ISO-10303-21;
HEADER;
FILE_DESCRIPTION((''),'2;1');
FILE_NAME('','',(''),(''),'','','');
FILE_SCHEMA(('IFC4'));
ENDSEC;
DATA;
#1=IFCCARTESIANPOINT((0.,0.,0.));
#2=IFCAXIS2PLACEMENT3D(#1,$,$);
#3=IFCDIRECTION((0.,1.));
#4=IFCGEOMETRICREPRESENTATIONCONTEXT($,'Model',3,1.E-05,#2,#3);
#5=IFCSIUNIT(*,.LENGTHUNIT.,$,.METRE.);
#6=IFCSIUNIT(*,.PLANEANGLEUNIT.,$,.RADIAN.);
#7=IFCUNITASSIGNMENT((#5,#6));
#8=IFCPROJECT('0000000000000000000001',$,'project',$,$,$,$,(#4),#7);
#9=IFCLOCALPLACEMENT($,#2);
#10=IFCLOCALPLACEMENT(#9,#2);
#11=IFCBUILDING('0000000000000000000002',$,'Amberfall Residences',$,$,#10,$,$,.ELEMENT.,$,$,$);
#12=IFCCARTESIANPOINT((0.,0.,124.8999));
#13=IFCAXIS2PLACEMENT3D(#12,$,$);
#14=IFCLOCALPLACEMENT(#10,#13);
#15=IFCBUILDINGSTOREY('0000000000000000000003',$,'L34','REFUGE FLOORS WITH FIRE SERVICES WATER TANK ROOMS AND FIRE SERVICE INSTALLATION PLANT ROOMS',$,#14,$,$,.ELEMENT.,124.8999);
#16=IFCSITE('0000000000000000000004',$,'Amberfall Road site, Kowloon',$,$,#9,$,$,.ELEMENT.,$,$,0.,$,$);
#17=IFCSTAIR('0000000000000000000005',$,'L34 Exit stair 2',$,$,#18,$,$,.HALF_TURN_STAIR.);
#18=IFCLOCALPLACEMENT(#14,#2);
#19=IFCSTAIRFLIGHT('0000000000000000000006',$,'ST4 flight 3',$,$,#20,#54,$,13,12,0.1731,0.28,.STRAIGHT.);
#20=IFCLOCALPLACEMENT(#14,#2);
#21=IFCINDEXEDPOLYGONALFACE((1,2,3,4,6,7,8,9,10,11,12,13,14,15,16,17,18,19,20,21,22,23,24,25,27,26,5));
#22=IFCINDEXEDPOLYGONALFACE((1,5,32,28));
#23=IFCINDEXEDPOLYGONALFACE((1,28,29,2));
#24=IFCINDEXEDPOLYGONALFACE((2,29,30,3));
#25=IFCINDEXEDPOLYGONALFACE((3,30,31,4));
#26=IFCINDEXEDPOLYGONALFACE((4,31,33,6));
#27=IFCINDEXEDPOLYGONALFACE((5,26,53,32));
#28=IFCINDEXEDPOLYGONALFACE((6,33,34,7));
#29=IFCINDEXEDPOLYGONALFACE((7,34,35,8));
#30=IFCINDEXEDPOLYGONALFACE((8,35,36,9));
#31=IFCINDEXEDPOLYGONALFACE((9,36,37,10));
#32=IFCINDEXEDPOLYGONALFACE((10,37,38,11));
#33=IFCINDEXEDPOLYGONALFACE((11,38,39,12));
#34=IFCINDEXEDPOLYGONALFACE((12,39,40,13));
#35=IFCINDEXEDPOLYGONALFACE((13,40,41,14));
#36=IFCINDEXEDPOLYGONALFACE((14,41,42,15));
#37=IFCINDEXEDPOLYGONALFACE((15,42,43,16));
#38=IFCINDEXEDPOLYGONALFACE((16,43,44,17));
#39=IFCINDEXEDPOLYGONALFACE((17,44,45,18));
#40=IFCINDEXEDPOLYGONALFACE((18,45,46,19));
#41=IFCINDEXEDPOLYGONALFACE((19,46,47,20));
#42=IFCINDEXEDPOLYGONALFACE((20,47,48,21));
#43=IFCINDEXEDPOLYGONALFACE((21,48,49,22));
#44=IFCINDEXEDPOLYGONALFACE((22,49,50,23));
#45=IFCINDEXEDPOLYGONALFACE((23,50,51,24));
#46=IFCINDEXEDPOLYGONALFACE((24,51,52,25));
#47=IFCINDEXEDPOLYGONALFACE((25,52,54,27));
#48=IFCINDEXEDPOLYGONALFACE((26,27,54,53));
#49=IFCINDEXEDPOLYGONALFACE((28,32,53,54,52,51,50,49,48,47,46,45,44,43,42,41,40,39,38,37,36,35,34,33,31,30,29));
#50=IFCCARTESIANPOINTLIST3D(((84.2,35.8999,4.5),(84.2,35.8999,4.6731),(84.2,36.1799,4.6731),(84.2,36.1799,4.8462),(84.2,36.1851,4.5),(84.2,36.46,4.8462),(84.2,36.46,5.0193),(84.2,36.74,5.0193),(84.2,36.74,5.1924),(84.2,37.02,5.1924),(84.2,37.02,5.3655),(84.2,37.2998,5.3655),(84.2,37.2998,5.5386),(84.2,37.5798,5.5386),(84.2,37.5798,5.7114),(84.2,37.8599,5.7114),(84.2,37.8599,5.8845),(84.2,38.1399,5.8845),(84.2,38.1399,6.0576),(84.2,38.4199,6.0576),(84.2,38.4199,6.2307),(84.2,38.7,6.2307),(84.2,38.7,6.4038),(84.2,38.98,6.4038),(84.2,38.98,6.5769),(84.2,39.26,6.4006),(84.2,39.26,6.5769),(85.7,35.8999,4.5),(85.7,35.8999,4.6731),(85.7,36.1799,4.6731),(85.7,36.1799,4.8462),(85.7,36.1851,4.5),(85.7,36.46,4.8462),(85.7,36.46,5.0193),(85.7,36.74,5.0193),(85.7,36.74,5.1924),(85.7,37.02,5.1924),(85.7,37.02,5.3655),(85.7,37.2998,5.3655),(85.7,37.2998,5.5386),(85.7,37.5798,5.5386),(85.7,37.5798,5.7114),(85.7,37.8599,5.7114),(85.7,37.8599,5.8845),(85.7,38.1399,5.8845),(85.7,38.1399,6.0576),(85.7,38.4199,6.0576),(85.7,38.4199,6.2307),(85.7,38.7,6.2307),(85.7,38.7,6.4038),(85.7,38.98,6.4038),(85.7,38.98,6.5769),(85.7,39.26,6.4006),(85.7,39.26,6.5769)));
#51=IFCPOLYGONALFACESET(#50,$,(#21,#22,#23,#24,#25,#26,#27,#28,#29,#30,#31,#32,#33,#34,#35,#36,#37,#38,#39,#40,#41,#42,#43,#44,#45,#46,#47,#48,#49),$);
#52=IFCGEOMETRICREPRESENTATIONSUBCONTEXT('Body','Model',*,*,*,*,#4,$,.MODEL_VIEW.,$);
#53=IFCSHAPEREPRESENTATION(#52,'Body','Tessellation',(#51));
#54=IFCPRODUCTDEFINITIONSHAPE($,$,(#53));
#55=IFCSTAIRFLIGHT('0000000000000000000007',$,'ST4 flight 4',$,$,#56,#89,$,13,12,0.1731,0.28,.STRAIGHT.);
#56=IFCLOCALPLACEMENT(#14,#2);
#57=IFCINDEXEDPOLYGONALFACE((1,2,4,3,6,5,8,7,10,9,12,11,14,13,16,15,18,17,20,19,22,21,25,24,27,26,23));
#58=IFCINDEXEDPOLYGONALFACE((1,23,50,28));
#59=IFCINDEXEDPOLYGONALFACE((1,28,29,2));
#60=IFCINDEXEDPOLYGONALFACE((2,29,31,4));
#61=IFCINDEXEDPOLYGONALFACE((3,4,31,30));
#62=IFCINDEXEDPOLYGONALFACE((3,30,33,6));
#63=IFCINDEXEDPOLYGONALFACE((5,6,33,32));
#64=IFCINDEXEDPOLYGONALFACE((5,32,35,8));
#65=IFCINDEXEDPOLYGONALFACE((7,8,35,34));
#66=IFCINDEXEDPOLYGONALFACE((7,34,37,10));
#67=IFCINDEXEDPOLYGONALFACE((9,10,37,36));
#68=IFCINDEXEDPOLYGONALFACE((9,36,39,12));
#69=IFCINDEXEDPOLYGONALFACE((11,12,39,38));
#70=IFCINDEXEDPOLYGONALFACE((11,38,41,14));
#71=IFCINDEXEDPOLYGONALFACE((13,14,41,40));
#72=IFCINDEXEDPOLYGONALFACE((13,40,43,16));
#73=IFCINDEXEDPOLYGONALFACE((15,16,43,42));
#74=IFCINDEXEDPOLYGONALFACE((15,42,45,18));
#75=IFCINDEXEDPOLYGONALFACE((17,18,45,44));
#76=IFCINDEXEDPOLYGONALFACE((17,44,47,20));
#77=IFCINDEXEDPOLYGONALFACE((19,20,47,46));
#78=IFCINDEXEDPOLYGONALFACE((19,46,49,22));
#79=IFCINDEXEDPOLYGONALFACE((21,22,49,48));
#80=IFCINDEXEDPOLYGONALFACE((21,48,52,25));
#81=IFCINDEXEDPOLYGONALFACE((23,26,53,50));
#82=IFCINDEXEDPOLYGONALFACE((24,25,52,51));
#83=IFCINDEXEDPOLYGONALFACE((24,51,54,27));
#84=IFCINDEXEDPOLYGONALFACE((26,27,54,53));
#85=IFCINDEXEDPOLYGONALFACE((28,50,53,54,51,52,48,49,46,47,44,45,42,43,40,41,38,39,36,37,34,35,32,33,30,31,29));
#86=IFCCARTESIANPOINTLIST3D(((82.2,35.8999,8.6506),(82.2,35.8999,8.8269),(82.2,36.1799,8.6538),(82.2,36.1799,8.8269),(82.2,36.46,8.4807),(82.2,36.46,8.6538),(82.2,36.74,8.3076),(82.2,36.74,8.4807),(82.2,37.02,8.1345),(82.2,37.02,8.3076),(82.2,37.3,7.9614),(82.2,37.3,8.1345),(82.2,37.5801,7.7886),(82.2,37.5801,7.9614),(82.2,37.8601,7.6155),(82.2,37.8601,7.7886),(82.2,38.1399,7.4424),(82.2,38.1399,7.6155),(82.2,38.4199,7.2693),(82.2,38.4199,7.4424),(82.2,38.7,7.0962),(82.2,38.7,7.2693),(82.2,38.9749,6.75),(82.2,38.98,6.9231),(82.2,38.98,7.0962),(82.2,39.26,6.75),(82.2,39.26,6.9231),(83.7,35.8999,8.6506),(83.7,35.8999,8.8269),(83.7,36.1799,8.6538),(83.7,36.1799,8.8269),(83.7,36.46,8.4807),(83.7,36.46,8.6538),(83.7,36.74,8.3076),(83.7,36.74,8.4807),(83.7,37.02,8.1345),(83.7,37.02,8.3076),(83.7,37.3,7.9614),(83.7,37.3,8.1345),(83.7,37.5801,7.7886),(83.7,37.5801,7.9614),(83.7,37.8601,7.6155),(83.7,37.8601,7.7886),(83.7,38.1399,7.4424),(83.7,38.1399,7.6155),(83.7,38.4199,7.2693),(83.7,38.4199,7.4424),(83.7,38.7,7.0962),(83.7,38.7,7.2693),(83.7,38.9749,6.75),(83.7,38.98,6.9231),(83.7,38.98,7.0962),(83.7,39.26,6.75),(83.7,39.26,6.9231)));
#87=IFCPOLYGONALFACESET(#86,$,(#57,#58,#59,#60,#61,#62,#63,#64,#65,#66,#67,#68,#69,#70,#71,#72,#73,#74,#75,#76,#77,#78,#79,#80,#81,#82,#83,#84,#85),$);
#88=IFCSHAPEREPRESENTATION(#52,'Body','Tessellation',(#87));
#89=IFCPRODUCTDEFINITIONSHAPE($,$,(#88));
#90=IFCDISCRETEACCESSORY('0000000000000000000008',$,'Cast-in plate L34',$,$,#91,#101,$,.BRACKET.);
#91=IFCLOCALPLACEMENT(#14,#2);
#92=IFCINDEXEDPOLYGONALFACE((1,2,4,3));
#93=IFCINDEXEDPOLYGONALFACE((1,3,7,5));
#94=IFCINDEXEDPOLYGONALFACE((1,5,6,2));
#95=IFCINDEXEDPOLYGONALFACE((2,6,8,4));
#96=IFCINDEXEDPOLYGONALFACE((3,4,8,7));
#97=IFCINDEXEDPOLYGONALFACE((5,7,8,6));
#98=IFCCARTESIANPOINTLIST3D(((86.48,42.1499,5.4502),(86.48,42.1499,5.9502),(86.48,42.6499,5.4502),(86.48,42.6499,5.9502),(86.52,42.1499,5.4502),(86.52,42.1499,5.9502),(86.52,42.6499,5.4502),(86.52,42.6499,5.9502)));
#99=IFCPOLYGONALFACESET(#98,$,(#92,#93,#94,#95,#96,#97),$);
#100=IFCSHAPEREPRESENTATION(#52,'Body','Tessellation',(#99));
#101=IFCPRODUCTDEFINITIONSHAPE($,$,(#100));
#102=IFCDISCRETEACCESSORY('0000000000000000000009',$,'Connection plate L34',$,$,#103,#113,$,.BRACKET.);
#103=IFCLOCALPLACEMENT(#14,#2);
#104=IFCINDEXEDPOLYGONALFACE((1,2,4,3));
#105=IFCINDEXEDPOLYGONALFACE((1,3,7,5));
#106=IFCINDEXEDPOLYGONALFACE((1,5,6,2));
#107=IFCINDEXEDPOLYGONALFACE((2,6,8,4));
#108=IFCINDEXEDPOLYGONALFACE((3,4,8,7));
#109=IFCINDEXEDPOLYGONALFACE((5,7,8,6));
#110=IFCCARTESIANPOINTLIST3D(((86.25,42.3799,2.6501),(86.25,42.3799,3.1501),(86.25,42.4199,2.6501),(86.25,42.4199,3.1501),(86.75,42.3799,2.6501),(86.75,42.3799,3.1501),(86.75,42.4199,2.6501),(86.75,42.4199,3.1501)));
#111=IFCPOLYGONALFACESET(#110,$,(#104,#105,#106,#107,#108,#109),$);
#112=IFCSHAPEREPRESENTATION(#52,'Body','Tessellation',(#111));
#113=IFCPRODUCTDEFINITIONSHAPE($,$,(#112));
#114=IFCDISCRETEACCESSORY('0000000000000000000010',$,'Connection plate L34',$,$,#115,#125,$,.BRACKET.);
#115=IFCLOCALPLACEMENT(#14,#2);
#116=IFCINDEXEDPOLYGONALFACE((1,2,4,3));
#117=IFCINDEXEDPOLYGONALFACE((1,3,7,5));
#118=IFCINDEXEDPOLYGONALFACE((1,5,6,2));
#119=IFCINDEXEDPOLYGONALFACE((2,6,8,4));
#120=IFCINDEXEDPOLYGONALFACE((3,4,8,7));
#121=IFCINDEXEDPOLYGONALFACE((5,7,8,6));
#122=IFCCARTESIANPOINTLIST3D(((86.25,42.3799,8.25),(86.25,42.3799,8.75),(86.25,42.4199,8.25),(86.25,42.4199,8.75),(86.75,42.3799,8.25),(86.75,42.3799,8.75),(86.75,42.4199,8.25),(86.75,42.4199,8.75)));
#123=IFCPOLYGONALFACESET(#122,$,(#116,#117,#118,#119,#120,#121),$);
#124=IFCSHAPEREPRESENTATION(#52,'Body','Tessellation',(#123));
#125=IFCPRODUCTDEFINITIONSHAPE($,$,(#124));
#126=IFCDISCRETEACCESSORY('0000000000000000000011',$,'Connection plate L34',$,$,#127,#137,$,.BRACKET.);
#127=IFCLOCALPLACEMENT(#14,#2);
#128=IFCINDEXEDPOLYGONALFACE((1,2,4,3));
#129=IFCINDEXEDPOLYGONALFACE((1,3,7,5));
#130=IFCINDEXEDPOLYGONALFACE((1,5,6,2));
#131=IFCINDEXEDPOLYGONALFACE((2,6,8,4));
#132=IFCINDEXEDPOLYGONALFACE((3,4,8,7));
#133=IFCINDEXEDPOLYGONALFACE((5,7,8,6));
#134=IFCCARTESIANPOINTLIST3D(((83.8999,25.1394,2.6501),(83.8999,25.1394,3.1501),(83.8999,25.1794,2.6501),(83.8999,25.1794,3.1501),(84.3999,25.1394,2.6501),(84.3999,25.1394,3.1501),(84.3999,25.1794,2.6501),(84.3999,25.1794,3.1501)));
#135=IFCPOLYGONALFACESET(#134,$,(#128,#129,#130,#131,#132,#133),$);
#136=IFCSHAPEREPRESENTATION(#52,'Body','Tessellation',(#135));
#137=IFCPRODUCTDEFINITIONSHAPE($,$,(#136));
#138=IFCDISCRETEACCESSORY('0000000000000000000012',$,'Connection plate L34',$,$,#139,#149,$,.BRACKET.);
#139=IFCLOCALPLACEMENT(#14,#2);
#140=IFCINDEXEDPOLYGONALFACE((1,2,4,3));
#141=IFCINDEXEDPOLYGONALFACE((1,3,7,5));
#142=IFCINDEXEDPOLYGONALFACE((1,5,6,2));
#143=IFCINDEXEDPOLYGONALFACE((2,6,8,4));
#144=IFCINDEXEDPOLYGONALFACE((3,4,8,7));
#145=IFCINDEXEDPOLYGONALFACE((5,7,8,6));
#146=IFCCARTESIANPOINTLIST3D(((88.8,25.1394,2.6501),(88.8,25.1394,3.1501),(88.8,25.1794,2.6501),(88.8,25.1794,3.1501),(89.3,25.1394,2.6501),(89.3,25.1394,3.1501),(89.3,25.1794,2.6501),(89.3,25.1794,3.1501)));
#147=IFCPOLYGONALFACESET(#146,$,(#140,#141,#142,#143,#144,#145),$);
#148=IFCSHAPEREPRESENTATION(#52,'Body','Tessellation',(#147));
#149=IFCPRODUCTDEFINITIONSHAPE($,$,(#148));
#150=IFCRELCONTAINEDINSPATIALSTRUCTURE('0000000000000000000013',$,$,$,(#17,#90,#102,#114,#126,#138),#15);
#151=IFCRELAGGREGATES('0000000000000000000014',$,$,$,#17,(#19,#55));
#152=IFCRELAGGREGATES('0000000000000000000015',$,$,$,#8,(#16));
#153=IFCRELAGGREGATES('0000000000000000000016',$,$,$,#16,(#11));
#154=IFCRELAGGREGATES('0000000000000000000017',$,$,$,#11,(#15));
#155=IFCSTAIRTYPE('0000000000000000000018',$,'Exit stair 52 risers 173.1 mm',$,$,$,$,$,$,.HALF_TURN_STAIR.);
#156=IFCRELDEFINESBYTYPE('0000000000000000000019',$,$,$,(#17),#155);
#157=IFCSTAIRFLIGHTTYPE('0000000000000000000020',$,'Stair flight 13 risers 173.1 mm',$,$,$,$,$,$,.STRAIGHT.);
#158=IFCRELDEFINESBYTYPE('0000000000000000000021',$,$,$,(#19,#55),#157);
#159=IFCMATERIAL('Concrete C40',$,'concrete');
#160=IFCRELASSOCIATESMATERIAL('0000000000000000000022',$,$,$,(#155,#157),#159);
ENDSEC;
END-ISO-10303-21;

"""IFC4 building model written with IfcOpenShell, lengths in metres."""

from ifc_helpers import new_model, si_unit, direction, frame, origin, origin_2d, place, context, subcontext, project, spatial, polyline, rectangle, outline, extrude, material, type_object, element, aggregate, save


model = new_model("IFC4")

# Units and contexts
model_context = context("Model", 3, precision=1e-05, world=origin(), true_north=direction((0.0, 1.0)))
body_context = subcontext(model_context, "Body", "Model", "MODEL_VIEW")
ifc_project = project(units=[si_unit("LENGTHUNIT", "METRE"), si_unit("PLANEANGLEUNIT", "RADIAN")], contexts=[model_context])

# Site, building, storey
site_placement = place(None, origin())
site = spatial("IfcSite", under=ifc_project, at=site_placement, Name="Amberfall Road site, Kowloon", CompositionType="ELEMENT", RefElevation=0.0)
building_placement = place(site_placement, origin())
building = spatial("IfcBuilding", under=site, at=building_placement, Name="Amberfall Residences", CompositionType="ELEMENT")
storey_placement = place(building_placement, frame((0.0, 0.0, 124.8999)))
storey = spatial("IfcBuildingStorey", under=building, at=storey_placement, Name="L34", Description="REFUGE FLOORS WITH FIRE SERVICES WATER TANK ROOMS AND FIRE SERVICE INSTALLATION PLANT ROOMS", CompositionType="ELEMENT", Elevation=124.8999)

# Shared definitions
ifc_material_1 = material(Name="Concrete C40", Category="concrete")

# Stair, stair flights
stair_type = type_object("IfcStairType", Name="Exit stair 52 risers 173.1 mm", PredefinedType="HALF_TURN_STAIR", material=ifc_material_1)
stair_placement = place(storey_placement, origin())
stair = element("IfcStair", 1, at=stair_placement, inside=storey, type_object=stair_type, Name="L34 Exit stair 2", PredefinedType="HALF_TURN_STAIR")
stair_flight_type = type_object("IfcStairFlightType", Name="Stair flight 13 risers 173.1 mm", PredefinedType="STRAIGHT", material=ifc_material_1)
stair_flight_1_placement = place(storey_placement, frame((84.95, 35.8999, 4.5), z_axis=(0.0, 0.0, 1.0), x_axis=(0.0, 1.0, 0.0)))
stair_flight_1 = element("IfcStairFlight", 2, at=stair_flight_1_placement, type_object=stair_flight_type, Name="ST4 flight 3", NumberOfRisers=13, NumberOfTreads=12, PredefinedType="STRAIGHT", RiserHeight=0.1731, TreadLength=0.28, context=body_context, shape_type="SweptSolid", body=[
    extrude(outline(polyline([(0.0, 0.0), (0.0, 0.1731), (0.28, 0.1731), (0.28, 0.3462), (0.5601, 0.3462), (0.5601, 0.5193), (0.8401, 0.5193), (0.8401, 0.6924), (1.1201, 0.6924), (1.1201, 0.8655), (1.3999, 0.8655), (1.3999, 1.0386), (1.6799, 1.0386), (1.6799, 1.2114), (1.96, 1.2114), (1.96, 1.3845), (2.24, 1.3845), (2.24, 1.5576), (2.52, 1.5576), (2.52, 1.7307), (2.8, 1.7307), (2.8, 1.9038), (3.0801, 1.9038), (3.0801, 2.0769), (3.3601, 2.0769), (3.3601, 2.25), (3.3601, 1.9006), (0.2852, 0.0), (0.0, 0.0)])), frame((0.0, 0.75, 0.0), z_axis=(0.0, -1.0, 0.0), x_axis=(1.0, 0.0, 0.0)), (0.0, 0.0, 1.0), 1.5),
])
stair_flight_2_placement = place(storey_placement, frame((82.95, 39.26, 6.75), z_axis=(0.0, 0.0, 1.0), x_axis=(0.0, -1.0, 0.0)))
stair_flight_2 = element("IfcStairFlight", 3, at=stair_flight_2_placement, type_object=stair_flight_type, Name="ST4 flight 4", NumberOfRisers=13, NumberOfTreads=12, PredefinedType="STRAIGHT", RiserHeight=0.1731, TreadLength=0.28, context=body_context, shape_type="SweptSolid", body=[
    extrude(outline(polyline([(0.0, 0.0), (0.0, 0.1731), (0.28, 0.1731), (0.28, 0.3462), (0.5601, 0.3462), (0.5601, 0.5193), (0.8401, 0.5193), (0.8401, 0.6924), (1.1201, 0.6924), (1.1201, 0.8655), (1.3999, 0.8655), (1.3999, 1.0386), (1.6799, 1.0386), (1.6799, 1.2114), (1.96, 1.2114), (1.96, 1.3845), (2.24, 1.3845), (2.24, 1.5576), (2.52, 1.5576), (2.52, 1.7307), (2.8, 1.7307), (2.8, 1.9038), (3.0801, 1.9038), (3.0801, 2.0769), (3.3601, 2.0769), (3.3601, 2.25), (3.3601, 1.9006), (0.2852, 0.0), (0.0, 0.0)])), frame((0.0, 0.75, 0.0), z_axis=(0.0, -1.0, 0.0), x_axis=(1.0, 0.0, 0.0)), (0.0, 0.0, 1.0), 1.5),
])
aggregate(stair, [stair_flight_1, stair_flight_2])

# Discrete accessories
discrete_accessory_placement = place(storey_placement, frame((86.5, 42.3999, 5.4502), z_axis=(0.0, 0.0, 1.0), x_axis=(1.0, 0.0, 0.0)))
element("IfcDiscreteAccessory", 4, at=discrete_accessory_placement, inside=storey, Name="Cast-in plate L34", PredefinedType="BRACKET", context=body_context, shape_type="SweptSolid", body=[
    extrude(rectangle(XDim=0.04, YDim=0.5, at=origin_2d()), origin(), (0.0, 0.0, 1.0), 0.5),
])
for number, where, z_axis, x_axis, name in (
    (5, (86.5, 42.3999, 2.6501), (0.0, 0.0, 1.0), (1.0, 0.0, 0.0), "Connection plate L34"),
    (6, (86.5, 42.3999, 8.25), (0.0, 0.0, 1.0), (1.0, 0.0, 0.0), "Connection plate L34"),
    (7, (84.1499, 25.1594, 2.6501), (0.0, 0.0, 1.0), (1.0, 0.0, 0.0), "Connection plate L34"),
    (8, (89.05, 25.1594, 2.6501), (0.0, 0.0, 1.0), (1.0, 0.0, 0.0), "Connection plate L34"),
):
    element("IfcDiscreteAccessory", number, at=place(storey_placement, frame(where, z_axis=z_axis, x_axis=x_axis)), inside=storey, Name=name, PredefinedType="BRACKET", context=body_context, shape_type="SweptSolid", body=[
        extrude(rectangle(XDim=0.5, YDim=0.04, at=origin_2d()), origin(), (0.0, 0.0, 1.0), 0.5),
    ])

save(model, "model.ifc")
